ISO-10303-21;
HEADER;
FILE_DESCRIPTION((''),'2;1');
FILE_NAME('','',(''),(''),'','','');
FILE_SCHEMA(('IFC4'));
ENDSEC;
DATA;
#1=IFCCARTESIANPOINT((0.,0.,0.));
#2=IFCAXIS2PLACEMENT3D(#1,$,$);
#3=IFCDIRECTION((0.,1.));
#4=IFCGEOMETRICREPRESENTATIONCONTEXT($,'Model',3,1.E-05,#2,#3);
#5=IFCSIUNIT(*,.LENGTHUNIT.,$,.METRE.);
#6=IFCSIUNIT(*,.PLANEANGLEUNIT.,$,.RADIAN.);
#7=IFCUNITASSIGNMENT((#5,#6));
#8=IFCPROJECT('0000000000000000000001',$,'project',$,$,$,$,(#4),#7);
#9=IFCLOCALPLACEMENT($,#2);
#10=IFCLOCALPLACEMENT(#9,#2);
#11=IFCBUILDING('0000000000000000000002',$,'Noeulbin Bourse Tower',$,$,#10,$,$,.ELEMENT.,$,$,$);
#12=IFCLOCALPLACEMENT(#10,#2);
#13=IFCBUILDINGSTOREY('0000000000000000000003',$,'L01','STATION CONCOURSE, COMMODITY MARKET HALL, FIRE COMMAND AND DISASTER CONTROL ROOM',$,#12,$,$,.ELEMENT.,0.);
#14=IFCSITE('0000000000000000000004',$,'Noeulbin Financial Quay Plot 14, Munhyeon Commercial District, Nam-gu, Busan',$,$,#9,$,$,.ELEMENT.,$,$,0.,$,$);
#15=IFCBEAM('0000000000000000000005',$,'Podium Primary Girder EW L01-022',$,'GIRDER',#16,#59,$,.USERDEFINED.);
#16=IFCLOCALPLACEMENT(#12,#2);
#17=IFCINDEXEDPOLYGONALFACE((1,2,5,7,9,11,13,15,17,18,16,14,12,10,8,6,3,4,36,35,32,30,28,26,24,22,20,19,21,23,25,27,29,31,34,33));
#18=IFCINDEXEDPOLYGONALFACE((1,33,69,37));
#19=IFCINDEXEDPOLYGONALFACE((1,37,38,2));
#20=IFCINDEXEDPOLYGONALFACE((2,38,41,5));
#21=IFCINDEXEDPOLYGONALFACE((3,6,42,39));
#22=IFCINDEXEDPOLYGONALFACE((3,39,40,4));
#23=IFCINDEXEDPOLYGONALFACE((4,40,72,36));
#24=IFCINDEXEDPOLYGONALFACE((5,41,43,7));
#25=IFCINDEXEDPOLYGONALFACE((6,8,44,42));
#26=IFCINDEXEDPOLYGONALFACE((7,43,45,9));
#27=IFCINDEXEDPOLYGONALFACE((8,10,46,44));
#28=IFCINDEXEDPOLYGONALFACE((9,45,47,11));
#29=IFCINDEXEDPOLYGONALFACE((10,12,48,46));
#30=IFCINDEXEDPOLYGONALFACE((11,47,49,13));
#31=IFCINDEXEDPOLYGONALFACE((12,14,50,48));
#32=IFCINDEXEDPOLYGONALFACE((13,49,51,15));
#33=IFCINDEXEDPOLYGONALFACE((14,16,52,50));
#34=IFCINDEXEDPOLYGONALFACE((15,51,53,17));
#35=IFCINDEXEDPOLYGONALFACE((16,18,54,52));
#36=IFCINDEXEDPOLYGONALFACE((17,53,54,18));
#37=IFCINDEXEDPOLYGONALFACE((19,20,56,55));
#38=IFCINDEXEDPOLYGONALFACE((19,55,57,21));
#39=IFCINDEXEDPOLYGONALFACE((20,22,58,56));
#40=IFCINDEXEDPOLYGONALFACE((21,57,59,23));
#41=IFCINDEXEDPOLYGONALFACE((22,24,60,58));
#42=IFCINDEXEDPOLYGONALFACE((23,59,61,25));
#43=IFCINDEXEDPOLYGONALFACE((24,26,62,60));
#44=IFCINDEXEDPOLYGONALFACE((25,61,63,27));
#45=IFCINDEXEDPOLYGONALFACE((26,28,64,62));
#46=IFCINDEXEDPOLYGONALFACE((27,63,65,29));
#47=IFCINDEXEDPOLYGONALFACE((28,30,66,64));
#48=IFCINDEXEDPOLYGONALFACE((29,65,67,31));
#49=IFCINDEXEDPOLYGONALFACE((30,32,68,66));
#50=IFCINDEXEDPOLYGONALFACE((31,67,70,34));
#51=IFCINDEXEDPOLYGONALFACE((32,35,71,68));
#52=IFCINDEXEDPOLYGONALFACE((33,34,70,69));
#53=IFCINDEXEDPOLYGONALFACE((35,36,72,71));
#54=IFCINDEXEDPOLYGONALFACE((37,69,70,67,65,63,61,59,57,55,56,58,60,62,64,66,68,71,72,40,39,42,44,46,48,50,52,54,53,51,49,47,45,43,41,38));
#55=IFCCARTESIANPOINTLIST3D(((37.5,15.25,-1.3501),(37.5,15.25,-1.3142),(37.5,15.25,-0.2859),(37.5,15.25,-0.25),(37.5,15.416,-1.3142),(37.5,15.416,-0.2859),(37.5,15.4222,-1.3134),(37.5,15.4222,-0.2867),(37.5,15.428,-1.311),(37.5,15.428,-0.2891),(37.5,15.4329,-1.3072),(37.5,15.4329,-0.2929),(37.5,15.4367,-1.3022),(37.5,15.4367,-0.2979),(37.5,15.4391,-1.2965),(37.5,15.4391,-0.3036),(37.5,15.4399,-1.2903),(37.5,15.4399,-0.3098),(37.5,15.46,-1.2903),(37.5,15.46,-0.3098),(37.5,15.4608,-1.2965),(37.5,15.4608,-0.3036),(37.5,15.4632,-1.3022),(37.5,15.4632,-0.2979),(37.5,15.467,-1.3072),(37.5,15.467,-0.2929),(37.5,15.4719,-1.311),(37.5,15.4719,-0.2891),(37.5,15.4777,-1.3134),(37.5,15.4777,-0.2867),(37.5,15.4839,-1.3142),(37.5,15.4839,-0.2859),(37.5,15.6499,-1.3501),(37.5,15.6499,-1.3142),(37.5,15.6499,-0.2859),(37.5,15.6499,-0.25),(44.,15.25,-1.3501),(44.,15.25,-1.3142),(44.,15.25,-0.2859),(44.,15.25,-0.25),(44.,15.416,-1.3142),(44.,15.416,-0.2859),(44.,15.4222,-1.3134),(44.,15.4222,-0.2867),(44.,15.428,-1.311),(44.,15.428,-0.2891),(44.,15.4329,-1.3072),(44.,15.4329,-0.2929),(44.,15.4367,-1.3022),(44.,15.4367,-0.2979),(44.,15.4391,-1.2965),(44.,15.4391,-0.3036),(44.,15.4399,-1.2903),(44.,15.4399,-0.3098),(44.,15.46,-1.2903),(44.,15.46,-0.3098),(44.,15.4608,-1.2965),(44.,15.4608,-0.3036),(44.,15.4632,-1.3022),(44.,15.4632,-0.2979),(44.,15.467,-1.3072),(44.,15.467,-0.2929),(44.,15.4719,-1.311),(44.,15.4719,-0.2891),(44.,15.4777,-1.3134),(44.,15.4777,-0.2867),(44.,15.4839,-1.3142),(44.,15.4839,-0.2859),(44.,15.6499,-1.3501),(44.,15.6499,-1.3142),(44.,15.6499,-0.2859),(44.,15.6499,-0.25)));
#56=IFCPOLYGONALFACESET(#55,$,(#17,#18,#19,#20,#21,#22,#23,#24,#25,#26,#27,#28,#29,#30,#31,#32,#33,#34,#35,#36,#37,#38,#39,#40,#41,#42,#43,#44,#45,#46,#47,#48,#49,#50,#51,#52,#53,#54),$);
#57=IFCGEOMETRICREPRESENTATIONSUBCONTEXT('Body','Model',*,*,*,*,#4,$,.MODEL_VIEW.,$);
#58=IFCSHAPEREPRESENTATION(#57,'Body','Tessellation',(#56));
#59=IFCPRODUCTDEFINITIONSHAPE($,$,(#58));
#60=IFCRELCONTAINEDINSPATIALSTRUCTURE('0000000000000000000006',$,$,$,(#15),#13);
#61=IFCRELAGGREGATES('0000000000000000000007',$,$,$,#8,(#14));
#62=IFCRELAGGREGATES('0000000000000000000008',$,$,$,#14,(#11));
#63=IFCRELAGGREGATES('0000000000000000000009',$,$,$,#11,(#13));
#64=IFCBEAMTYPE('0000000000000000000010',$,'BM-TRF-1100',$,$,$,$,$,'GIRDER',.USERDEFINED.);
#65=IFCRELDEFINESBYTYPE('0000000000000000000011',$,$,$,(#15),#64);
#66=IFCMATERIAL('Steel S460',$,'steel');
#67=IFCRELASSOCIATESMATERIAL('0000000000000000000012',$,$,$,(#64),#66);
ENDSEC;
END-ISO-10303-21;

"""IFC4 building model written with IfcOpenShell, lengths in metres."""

from ifc_helpers import new_model, si_unit, direction, frame, origin, origin_2d, place, context, subcontext, project, spatial, i_section, extrude, material, material_profile, profile_set, type_object, element, save


model = new_model("IFC4")

# Units and contexts
model_context = context("Model", 3, precision=1e-05, world=origin(), true_north=direction((0.0, 1.0)))
body_context = subcontext(model_context, "Body", "Model", "MODEL_VIEW")
ifc_project = project(units=[si_unit("LENGTHUNIT", "METRE"), si_unit("PLANEANGLEUNIT", "RADIAN")], contexts=[model_context])

# Site, building, storey
site_placement = place(None, origin())
site = spatial("IfcSite", under=ifc_project, at=site_placement, Name="Noeulbin Financial Quay Plot 14, Munhyeon Commercial District, Nam-gu, Busan", CompositionType="ELEMENT", RefElevation=0.0)
building_placement = place(site_placement, origin())
building = spatial("IfcBuilding", under=site, at=building_placement, Name="Noeulbin Bourse Tower", CompositionType="ELEMENT")
storey_placement = place(building_placement, origin())
storey = spatial("IfcBuildingStorey", under=building, at=storey_placement, Name="L01", Description="STATION CONCOURSE, COMMODITY MARKET HALL, FIRE COMMAND AND DISASTER CONTROL ROOM", CompositionType="ELEMENT", Elevation=0.0)

# Beam
ifc_material_1 = material(Name="Steel S460", Category="steel")
ifc_material_profile_1 = material_profile(ifc_material_1, i_section(OverallWidth=0.3999, OverallDepth=1.1001, WebThickness=0.02, FlangeThickness=0.0359, FilletRadius=0.0239, at=origin_2d()), Name="PG-1100x400x20x36", Category="LoadBearing")
ifc_profile_set_1 = profile_set([ifc_material_profile_1], Name="Steel S460")
beam_type_1 = type_object("IfcBeamType", Name="BM-TRF-1100", ElementType="GIRDER", PredefinedType="USERDEFINED", material=ifc_profile_set_1)
for number, where, z_axis, x_axis, name in (
    (1, (37.5, 15.45, -0.8), (1.0, 0.0, 0.0), (0.0, 1.0, 0.0), "Podium Primary Girder EW L01-022"),
):
    element("IfcBeam", number, at=place(storey_placement, frame(where, z_axis=z_axis, x_axis=x_axis)), inside=storey, type_object=beam_type_1, Name=name, ObjectType="GIRDER", PredefinedType="USERDEFINED", context=body_context, shape_type="SweptSolid", body=[
        extrude(i_section(OverallWidth=0.3999, OverallDepth=1.1001, WebThickness=0.02, FlangeThickness=0.0359, FilletRadius=0.0239, at=origin_2d()), origin(), (0.0, 0.0, 1.0), 6.5),
    ])

save(model, "model.ifc")
